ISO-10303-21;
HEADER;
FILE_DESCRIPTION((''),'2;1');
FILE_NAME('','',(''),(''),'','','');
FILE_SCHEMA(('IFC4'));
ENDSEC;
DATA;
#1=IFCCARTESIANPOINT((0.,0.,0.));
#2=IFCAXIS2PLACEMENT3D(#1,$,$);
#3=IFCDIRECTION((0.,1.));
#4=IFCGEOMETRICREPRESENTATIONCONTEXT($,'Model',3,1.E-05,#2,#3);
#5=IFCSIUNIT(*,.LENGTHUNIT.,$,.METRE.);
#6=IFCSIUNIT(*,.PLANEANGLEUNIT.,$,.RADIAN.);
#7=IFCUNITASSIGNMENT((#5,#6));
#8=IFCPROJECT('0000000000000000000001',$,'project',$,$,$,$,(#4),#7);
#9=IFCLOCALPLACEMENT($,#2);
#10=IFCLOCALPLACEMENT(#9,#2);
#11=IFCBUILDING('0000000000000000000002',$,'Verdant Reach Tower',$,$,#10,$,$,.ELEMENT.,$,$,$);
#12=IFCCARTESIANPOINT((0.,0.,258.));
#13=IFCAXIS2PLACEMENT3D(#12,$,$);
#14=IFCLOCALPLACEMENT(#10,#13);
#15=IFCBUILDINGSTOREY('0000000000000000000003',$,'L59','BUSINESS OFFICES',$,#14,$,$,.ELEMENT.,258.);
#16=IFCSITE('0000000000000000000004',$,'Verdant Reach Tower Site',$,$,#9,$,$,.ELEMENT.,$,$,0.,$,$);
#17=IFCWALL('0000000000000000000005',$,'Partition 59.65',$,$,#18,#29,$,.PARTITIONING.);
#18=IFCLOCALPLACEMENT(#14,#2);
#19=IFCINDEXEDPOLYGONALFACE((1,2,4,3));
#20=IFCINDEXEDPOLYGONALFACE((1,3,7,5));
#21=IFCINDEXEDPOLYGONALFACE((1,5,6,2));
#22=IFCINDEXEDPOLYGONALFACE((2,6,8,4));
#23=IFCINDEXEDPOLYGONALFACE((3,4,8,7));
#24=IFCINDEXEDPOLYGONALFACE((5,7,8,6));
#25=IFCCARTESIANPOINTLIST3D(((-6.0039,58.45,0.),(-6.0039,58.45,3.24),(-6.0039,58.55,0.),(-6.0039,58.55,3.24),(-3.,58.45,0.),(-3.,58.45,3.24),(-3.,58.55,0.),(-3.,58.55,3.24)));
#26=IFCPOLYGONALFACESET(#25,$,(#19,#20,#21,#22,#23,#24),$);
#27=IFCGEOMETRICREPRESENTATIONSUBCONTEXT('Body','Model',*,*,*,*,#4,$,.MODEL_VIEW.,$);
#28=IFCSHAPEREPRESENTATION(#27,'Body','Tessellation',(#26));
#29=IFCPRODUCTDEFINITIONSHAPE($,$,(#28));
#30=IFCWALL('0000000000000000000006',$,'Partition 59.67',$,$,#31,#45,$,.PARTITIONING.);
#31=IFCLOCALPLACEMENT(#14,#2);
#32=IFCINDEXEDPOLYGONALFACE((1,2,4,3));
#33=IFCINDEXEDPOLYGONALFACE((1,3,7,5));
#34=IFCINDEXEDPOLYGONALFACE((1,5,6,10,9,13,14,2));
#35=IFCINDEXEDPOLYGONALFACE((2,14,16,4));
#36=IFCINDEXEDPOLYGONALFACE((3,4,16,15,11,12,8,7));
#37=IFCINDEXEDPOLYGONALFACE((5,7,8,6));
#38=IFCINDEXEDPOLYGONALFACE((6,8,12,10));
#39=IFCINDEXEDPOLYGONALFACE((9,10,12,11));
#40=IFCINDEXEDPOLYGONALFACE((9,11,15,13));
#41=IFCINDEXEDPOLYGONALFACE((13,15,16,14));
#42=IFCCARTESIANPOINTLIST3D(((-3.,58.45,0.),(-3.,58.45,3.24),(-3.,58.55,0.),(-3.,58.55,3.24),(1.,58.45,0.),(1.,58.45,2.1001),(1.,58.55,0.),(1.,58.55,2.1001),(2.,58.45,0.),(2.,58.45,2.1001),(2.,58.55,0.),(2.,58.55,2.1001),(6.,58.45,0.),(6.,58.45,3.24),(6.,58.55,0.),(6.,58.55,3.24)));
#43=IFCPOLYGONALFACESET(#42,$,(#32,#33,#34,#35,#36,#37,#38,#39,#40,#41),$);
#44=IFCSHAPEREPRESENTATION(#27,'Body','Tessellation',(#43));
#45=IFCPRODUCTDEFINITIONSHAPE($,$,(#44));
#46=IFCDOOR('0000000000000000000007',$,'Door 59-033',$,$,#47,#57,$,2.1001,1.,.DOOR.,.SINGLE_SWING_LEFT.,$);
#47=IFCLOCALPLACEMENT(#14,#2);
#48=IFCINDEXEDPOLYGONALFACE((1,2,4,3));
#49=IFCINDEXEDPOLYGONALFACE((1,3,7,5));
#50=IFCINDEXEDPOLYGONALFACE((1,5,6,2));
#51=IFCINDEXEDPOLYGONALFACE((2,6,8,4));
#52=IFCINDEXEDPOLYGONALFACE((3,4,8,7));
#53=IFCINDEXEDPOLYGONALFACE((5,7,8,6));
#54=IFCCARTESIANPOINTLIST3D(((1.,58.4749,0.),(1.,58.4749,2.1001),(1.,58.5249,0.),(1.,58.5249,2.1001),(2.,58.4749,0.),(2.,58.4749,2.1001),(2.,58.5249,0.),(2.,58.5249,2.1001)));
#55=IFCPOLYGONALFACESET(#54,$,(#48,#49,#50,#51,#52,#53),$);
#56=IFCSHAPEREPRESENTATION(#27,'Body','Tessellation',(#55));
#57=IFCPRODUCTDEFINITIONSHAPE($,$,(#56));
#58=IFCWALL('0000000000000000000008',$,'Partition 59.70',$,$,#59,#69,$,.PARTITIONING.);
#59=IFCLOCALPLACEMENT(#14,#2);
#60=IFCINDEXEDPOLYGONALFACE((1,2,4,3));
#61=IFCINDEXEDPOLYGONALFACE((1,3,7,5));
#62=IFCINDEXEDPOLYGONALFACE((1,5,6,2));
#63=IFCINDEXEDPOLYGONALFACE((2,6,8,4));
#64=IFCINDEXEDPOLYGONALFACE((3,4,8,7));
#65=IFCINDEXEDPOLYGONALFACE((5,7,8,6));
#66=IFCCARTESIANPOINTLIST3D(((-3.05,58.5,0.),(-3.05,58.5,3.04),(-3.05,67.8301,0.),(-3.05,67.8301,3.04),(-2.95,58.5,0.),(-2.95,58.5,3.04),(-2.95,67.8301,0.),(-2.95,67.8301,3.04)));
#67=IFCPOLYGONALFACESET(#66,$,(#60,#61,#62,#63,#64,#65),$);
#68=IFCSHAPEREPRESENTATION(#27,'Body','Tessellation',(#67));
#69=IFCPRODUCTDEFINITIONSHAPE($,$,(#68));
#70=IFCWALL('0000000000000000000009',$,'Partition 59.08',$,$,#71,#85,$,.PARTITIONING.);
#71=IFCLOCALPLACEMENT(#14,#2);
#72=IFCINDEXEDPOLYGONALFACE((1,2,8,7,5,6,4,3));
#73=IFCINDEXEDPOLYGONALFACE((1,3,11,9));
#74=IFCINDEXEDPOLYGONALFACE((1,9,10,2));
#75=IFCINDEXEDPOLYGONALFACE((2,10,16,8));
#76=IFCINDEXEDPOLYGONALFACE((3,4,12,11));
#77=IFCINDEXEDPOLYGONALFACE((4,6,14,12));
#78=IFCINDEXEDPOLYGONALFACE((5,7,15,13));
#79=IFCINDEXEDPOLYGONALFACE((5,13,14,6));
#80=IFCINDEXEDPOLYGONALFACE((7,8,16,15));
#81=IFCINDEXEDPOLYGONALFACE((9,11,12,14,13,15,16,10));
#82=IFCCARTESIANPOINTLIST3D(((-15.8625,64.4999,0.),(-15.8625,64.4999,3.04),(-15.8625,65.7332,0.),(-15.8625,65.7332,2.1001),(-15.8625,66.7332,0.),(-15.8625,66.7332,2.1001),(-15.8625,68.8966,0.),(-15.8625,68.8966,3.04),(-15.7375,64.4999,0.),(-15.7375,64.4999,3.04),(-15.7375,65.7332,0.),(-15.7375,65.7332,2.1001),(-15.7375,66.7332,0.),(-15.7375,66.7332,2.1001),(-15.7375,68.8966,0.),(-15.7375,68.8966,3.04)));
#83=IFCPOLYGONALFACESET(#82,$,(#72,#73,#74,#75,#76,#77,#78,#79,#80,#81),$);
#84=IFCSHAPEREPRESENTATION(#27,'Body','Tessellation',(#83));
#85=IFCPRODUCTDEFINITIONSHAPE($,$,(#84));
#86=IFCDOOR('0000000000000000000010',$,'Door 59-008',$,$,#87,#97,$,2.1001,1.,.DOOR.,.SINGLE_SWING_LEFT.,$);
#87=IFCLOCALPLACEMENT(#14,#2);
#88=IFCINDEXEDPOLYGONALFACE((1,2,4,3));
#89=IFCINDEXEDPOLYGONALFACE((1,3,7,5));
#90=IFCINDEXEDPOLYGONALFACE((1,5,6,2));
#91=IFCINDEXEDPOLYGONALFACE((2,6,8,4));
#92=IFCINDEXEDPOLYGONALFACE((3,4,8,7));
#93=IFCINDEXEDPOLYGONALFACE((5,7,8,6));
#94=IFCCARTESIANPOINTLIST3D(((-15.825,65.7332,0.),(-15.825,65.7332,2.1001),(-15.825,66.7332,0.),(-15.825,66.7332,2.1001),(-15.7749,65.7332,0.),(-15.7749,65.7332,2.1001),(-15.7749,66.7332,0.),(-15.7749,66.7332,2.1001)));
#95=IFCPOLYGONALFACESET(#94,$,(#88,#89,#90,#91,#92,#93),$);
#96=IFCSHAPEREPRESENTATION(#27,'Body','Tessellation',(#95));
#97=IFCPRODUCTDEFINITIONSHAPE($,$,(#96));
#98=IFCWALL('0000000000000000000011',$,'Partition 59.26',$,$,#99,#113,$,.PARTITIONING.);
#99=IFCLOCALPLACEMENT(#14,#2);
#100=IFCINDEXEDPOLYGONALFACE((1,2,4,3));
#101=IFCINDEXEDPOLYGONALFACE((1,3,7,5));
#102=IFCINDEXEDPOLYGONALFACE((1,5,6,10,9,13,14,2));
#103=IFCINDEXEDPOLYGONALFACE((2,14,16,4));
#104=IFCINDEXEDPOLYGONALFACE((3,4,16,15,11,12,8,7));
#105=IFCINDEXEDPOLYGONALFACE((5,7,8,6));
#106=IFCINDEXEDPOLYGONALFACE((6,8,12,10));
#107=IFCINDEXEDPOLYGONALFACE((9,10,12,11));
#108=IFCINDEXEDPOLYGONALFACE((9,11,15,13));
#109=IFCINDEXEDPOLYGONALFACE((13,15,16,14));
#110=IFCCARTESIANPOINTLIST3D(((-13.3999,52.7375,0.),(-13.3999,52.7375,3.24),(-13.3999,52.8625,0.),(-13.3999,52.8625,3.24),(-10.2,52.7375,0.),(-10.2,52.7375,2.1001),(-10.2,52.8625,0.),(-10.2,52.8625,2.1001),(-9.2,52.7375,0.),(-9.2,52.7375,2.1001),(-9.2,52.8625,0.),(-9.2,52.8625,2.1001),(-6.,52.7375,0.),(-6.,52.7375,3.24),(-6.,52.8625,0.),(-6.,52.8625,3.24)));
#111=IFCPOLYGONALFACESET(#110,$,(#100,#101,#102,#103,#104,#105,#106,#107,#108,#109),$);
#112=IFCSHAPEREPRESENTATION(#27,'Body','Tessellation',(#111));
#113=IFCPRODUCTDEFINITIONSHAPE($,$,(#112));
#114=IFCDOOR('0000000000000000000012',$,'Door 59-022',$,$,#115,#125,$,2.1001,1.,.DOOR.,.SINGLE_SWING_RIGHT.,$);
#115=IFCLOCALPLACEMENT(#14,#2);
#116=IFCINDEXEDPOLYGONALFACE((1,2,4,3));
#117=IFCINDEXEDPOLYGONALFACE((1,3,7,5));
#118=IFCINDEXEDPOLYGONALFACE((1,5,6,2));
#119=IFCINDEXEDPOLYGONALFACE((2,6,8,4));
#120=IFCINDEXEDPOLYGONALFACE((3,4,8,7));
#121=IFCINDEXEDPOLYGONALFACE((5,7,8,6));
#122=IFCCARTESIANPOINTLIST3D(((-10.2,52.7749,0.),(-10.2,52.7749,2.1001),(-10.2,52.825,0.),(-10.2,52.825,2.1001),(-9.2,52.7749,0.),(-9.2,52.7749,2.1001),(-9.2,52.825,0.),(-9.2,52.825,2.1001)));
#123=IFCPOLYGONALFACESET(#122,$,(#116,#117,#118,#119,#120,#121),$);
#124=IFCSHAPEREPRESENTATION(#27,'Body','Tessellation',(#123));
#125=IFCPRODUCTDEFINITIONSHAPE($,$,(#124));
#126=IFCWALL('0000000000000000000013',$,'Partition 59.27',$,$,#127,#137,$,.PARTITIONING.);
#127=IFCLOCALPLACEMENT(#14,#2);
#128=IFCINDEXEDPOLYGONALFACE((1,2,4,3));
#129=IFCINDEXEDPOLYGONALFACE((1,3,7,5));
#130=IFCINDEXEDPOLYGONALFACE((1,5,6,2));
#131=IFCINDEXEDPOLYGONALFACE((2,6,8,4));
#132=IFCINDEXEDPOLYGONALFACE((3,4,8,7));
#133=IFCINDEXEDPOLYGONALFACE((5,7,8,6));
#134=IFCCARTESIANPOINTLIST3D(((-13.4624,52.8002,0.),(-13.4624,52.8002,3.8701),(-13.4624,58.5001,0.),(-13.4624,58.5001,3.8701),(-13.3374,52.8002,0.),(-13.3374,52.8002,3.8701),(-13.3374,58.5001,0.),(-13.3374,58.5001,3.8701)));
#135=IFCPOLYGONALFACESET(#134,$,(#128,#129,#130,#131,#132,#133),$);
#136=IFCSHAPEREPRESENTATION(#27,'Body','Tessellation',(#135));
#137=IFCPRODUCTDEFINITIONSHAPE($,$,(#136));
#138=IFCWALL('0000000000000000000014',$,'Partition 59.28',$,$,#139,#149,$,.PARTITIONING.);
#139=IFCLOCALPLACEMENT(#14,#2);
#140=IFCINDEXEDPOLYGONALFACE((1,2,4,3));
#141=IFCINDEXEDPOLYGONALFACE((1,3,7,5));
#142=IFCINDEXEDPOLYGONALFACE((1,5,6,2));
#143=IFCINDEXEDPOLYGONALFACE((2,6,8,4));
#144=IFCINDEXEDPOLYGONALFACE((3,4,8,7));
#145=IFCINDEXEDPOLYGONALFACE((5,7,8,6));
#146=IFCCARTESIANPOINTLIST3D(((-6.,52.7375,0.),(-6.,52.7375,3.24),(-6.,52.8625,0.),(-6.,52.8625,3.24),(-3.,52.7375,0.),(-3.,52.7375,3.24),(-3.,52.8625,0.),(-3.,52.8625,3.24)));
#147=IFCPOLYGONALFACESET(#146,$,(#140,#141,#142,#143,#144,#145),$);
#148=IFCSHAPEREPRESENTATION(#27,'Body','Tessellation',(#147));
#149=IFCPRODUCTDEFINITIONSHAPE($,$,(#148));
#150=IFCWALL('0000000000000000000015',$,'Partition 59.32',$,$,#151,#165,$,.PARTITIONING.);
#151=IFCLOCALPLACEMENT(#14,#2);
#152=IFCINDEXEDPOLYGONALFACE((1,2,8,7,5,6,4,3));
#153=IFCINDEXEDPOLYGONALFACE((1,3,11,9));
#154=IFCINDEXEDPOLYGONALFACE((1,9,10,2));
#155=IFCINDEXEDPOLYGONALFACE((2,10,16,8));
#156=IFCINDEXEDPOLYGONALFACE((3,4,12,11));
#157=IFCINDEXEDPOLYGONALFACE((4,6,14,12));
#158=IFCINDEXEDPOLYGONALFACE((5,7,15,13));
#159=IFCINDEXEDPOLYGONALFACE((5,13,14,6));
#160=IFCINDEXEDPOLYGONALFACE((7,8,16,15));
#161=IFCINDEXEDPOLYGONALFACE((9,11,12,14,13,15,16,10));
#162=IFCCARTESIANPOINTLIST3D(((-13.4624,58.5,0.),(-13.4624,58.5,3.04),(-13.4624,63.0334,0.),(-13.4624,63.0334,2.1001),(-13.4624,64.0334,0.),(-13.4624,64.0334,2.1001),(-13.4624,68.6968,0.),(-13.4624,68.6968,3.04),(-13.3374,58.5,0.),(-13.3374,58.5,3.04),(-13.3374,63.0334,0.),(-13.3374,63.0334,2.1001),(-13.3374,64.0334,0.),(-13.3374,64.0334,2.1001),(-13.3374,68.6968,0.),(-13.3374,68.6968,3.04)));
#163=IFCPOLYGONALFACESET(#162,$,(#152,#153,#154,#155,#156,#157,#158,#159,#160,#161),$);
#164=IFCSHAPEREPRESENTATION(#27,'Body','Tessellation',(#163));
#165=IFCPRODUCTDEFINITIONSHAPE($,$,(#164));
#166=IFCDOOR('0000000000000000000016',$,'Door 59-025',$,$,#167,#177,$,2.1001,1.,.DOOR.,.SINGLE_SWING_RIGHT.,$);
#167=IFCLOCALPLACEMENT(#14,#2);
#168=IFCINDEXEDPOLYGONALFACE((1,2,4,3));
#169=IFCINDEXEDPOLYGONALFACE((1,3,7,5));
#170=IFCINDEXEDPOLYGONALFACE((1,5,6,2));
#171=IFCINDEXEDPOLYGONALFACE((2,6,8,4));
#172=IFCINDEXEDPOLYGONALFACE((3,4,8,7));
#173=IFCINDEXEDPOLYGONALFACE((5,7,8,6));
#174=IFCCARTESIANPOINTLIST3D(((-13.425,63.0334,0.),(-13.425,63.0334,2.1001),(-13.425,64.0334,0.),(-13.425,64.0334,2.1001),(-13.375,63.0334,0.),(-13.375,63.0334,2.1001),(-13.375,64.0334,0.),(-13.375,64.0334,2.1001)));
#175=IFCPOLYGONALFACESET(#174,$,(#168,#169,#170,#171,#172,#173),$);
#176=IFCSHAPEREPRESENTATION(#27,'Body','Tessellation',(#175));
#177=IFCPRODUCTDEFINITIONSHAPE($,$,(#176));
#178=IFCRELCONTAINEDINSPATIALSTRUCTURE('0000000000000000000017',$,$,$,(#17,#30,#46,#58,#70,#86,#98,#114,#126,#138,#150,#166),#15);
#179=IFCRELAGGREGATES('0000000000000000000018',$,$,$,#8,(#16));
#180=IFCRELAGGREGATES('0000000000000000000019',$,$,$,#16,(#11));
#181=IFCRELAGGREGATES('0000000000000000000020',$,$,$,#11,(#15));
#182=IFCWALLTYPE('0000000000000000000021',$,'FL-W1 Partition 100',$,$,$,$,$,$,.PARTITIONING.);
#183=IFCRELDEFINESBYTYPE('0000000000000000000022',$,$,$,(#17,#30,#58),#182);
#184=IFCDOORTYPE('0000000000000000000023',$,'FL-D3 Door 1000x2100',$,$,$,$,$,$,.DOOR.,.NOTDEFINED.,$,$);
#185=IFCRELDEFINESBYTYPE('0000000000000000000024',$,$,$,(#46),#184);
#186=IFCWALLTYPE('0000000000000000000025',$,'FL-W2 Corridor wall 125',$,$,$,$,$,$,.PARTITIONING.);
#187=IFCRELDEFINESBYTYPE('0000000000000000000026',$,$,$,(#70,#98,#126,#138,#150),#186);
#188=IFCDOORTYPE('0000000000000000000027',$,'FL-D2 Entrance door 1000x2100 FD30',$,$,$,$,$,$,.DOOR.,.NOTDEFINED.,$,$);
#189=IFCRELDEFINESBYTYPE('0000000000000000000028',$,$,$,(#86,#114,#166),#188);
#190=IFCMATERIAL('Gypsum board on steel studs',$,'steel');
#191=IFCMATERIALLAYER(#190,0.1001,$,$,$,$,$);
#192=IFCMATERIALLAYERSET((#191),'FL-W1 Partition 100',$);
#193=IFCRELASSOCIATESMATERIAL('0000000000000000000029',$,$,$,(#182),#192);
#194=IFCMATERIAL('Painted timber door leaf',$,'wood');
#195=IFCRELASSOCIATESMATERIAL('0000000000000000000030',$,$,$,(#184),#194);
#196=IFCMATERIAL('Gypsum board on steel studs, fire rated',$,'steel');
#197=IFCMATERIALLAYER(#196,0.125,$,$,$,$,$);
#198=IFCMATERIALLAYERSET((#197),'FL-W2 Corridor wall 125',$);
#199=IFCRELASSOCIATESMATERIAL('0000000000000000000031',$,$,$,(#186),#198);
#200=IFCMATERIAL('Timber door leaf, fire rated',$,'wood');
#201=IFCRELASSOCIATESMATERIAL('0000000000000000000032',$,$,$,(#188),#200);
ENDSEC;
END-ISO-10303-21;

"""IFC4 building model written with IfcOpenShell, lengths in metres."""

from ifc_helpers import new_model, si_unit, direction, frame, frame_2d, origin, place, context, subcontext, project, spatial, rectangle, extrude, material, layer, layer_set, type_object, element, fill, save


model = new_model("IFC4")

# Units and contexts
model_context = context("Model", 3, precision=1e-05, world=origin(), true_north=direction((0.0, 1.0)))
body_context = subcontext(model_context, "Body", "Model", "MODEL_VIEW")
ifc_project = project(units=[si_unit("LENGTHUNIT", "METRE"), si_unit("PLANEANGLEUNIT", "RADIAN")], contexts=[model_context])

# Site, building, storey
site_placement = place(None, origin())
site = spatial("IfcSite", under=ifc_project, at=site_placement, Name="Verdant Reach Tower Site", CompositionType="ELEMENT", RefElevation=0.0)
building_placement = place(site_placement, origin())
building = spatial("IfcBuilding", under=site, at=building_placement, Name="Verdant Reach Tower", CompositionType="ELEMENT")
storey_placement = place(building_placement, frame((0.0, 0.0, 258.0)))
storey = spatial("IfcBuildingStorey", under=building, at=storey_placement, Name="L59", Description="BUSINESS OFFICES", CompositionType="ELEMENT", Elevation=258.0)

# Shared definitions
ifc_material_1 = material(Name="Gypsum board on steel studs", Category="steel")
ifc_layer_1 = layer(ifc_material_1, 0.1001)
ifc_layer_set_1 = layer_set([ifc_layer_1], Name="FL-W1 Partition 100")
wall_type_1 = type_object("IfcWallType", Name="FL-W1 Partition 100", PredefinedType="PARTITIONING", material=ifc_layer_set_1)

# Shared definitions
ifc_material_2 = material(Name="Painted timber door leaf", Category="wood")
door_type_1 = type_object("IfcDoorType", Name="FL-D3 Door 1000x2100", OperationType="NOTDEFINED", PredefinedType="DOOR", material=ifc_material_2)

# Wall
wall_1_placement = place(storey_placement, frame((-3.0, 58.5, 0.0), z_axis=(0.0, 0.0, 1.0), x_axis=(-1.0, 0.0, 0.0)))
element("IfcWall", 1, at=wall_1_placement, inside=storey, type_object=wall_type_1, Name="Partition 59.65", PredefinedType="PARTITIONING", context=body_context, shape_type="SweptSolid", body=[
    extrude(rectangle(XDim=3.0039, YDim=0.1001, at=frame_2d((1.502, 0.0))), origin(), (0.0, 0.0, 1.0), 3.24),
])

# Wall, opening, door
wall_2_placement = place(storey_placement, frame((-3.0, 58.5, 0.0), z_axis=(0.0, 0.0, 1.0), x_axis=(1.0, 0.0, 0.0)))
wall_2 = element("IfcWall", 2, at=wall_2_placement, inside=storey, type_object=wall_type_1, Name="Partition 59.67", PredefinedType="PARTITIONING", context=body_context, shape_type="SweptSolid", body=[
    extrude(rectangle(XDim=9.0, YDim=0.1001, at=frame_2d((4.5, 0.0))), origin(), (0.0, 0.0, 1.0), 3.24),
])
opening_1_placement = place(wall_2_placement, frame((4.0, 0.0, 0.0)))
opening_1 = element("IfcOpeningElement", 3, at=opening_1_placement, cuts=wall_2, PredefinedType="OPENING", context=body_context, shape_type="SweptSolid", body=[
    extrude(rectangle(XDim=1.0, YDim=2.1001, at=frame_2d((0.5, 1.05))), frame((0.0, 0.0601, 0.0), z_axis=(0.0, -1.0, 0.0), x_axis=(1.0, 0.0, 0.0)), (0.0, 0.0, 1.0), 0.1201),
])
door_1_placement = place(opening_1_placement, origin())
door_1 = element("IfcDoor", 4, at=door_1_placement, inside=storey, type_object=door_type_1, Name="Door 59-033", OperationType="SINGLE_SWING_LEFT", OverallHeight=2.1001, OverallWidth=1.0, PredefinedType="DOOR", context=body_context, shape_type="SweptSolid", body=[
    extrude(rectangle(XDim=1.0, YDim=2.1001, at=frame_2d((0.5, 1.05))), frame((0.0, 0.0249, 0.0), z_axis=(0.0, -1.0, 0.0), x_axis=(1.0, 0.0, 0.0)), (0.0, 0.0, 1.0), 0.05),
])
fill(opening_1, door_1)

# Wall
wall_3_placement = place(storey_placement, frame((-3.0, 58.5, 0.0), z_axis=(0.0, 0.0, 1.0), x_axis=(0.0, 1.0, 0.0)))
element("IfcWall", 5, at=wall_3_placement, inside=storey, type_object=wall_type_1, Name="Partition 59.70", PredefinedType="PARTITIONING", context=body_context, shape_type="SweptSolid", body=[
    extrude(rectangle(XDim=9.3301, YDim=0.1001, at=frame_2d((4.665, 0.0))), origin(), (0.0, 0.0, 1.0), 3.04),
])

# Walls, openings, doors
ifc_material_3 = material(Name="Gypsum board on steel studs, fire rated", Category="steel")
ifc_layer_2 = layer(ifc_material_3, 0.125)
ifc_layer_set_2 = layer_set([ifc_layer_2], Name="FL-W2 Corridor wall 125")
wall_type_2 = type_object("IfcWallType", Name="FL-W2 Corridor wall 125", PredefinedType="PARTITIONING", material=ifc_layer_set_2)
wall_4_placement = place(storey_placement, frame((-15.8, 64.5, 0.0), z_axis=(0.0, 0.0, 1.0), x_axis=(0.0, 1.0, 0.0)))
wall_4 = element("IfcWall", 6, at=wall_4_placement, inside=storey, type_object=wall_type_2, Name="Partition 59.08", PredefinedType="PARTITIONING", context=body_context, shape_type="SweptSolid", body=[
    extrude(rectangle(XDim=4.3967, YDim=0.125, at=frame_2d((2.1982, 0.0))), origin(), (0.0, 0.0, 1.0), 3.04),
])
opening_2_placement = place(wall_4_placement, frame((1.2332, 0.0, 0.0)))
opening_2 = element("IfcOpeningElement", 7, at=opening_2_placement, cuts=wall_4, PredefinedType="OPENING", context=body_context, shape_type="SweptSolid", body=[
    extrude(rectangle(XDim=1.0, YDim=2.1001, at=frame_2d((0.5, 1.05))), frame((0.0, 0.0725, 0.0), z_axis=(0.0, -1.0, 0.0), x_axis=(1.0, 0.0, 0.0)), (0.0, 0.0, 1.0), 0.145),
])
ifc_material_4 = material(Name="Timber door leaf, fire rated", Category="wood")
door_type_2 = type_object("IfcDoorType", Name="FL-D2 Entrance door 1000x2100 FD30", OperationType="NOTDEFINED", PredefinedType="DOOR", material=ifc_material_4)
door_2_placement = place(opening_2_placement, origin())
door_2 = element("IfcDoor", 8, at=door_2_placement, inside=storey, type_object=door_type_2, Name="Door 59-008", OperationType="SINGLE_SWING_LEFT", OverallHeight=2.1001, OverallWidth=1.0, PredefinedType="DOOR", context=body_context, shape_type="SweptSolid", body=[
    extrude(rectangle(XDim=1.0, YDim=2.1001, at=frame_2d((0.5, 1.05))), frame((0.0, 0.0249, 0.0), z_axis=(0.0, -1.0, 0.0), x_axis=(1.0, 0.0, 0.0)), (0.0, 0.0, 1.0), 0.05),
])
fill(opening_2, door_2)
wall_5_placement = place(storey_placement, frame((-13.3999, 52.8, 0.0), z_axis=(0.0, 0.0, 1.0), x_axis=(1.0, 0.0, 0.0)))
wall_5 = element("IfcWall", 9, at=wall_5_placement, inside=storey, type_object=wall_type_2, Name="Partition 59.26", PredefinedType="PARTITIONING", context=body_context, shape_type="SweptSolid", body=[
    extrude(rectangle(XDim=7.3999, YDim=0.125, at=frame_2d((3.7, 0.0))), origin(), (0.0, 0.0, 1.0), 3.24),
])
opening_3_placement = place(wall_5_placement, frame((3.2, 0.0, 0.0)))
opening_3 = element("IfcOpeningElement", 10, at=opening_3_placement, cuts=wall_5, PredefinedType="OPENING", context=body_context, shape_type="SweptSolid", body=[
    extrude(rectangle(XDim=1.0, YDim=2.1001, at=frame_2d((0.5, 1.05))), frame((0.0, 0.0725, 0.0), z_axis=(0.0, -1.0, 0.0), x_axis=(1.0, 0.0, 0.0)), (0.0, 0.0, 1.0), 0.145),
])
door_3_placement = place(opening_3_placement, origin())
door_3 = element("IfcDoor", 11, at=door_3_placement, inside=storey, type_object=door_type_2, Name="Door 59-022", OperationType="SINGLE_SWING_RIGHT", OverallHeight=2.1001, OverallWidth=1.0, PredefinedType="DOOR", context=body_context, shape_type="SweptSolid", body=[
    extrude(rectangle(XDim=1.0, YDim=2.1001, at=frame_2d((0.5, 1.05))), frame((0.0, 0.0249, 0.0), z_axis=(0.0, -1.0, 0.0), x_axis=(1.0, 0.0, 0.0)), (0.0, 0.0, 1.0), 0.05),
])
fill(opening_3, door_3)

# Walls
wall_6_placement = place(storey_placement, frame((-13.3999, 52.8, 0.0), z_axis=(0.0, 0.0, 1.0), x_axis=(0.0, 1.0, 0.0)))
element("IfcWall", 12, at=wall_6_placement, inside=storey, type_object=wall_type_2, Name="Partition 59.27", PredefinedType="PARTITIONING", context=body_context, shape_type="SweptSolid", body=[
    extrude(rectangle(XDim=5.7, YDim=0.125, at=frame_2d((2.8501, 0.0))), origin(), (0.0, 0.0, 1.0), 3.8701),
])
wall_7_placement = place(storey_placement, frame((-3.0, 52.8, 0.0), z_axis=(0.0, 0.0, 1.0), x_axis=(-1.0, 0.0, 0.0)))
element("IfcWall", 13, at=wall_7_placement, inside=storey, type_object=wall_type_2, Name="Partition 59.28", PredefinedType="PARTITIONING", context=body_context, shape_type="SweptSolid", body=[
    extrude(rectangle(XDim=3.0, YDim=0.125, at=frame_2d((1.5, 0.0))), origin(), (0.0, 0.0, 1.0), 3.24),
])

# Wall, opening, door
wall_8_placement = place(storey_placement, frame((-13.3999, 68.6968, 0.0), z_axis=(0.0, 0.0, 1.0), x_axis=(0.0, -1.0, 0.0)))
wall_8 = element("IfcWall", 14, at=wall_8_placement, inside=storey, type_object=wall_type_2, Name="Partition 59.32", PredefinedType="PARTITIONING", context=body_context, shape_type="SweptSolid", body=[
    extrude(rectangle(XDim=10.1968, YDim=0.125, at=frame_2d((5.0984, 0.0))), origin(), (0.0, 0.0, 1.0), 3.04),
])
opening_4_placement = place(wall_8_placement, frame((4.6633, 0.0, 0.0)))
opening_4 = element("IfcOpeningElement", 15, at=opening_4_placement, cuts=wall_8, PredefinedType="OPENING", context=body_context, shape_type="SweptSolid", body=[
    extrude(rectangle(XDim=1.0, YDim=2.1001, at=frame_2d((0.5, 1.05))), frame((0.0, 0.0725, 0.0), z_axis=(0.0, -1.0, 0.0), x_axis=(1.0, 0.0, 0.0)), (0.0, 0.0, 1.0), 0.145),
])
door_4_placement = place(opening_4_placement, origin())
door_4 = element("IfcDoor", 16, at=door_4_placement, inside=storey, type_object=door_type_2, Name="Door 59-025", OperationType="SINGLE_SWING_RIGHT", OverallHeight=2.1001, OverallWidth=1.0, PredefinedType="DOOR", context=body_context, shape_type="SweptSolid", body=[
    extrude(rectangle(XDim=1.0, YDim=2.1001, at=frame_2d((0.5, 1.05))), frame((0.0, 0.0249, 0.0), z_axis=(0.0, -1.0, 0.0), x_axis=(1.0, 0.0, 0.0)), (0.0, 0.0, 1.0), 0.05),
])
fill(opening_4, door_4)

save(model, "model.ifc")
